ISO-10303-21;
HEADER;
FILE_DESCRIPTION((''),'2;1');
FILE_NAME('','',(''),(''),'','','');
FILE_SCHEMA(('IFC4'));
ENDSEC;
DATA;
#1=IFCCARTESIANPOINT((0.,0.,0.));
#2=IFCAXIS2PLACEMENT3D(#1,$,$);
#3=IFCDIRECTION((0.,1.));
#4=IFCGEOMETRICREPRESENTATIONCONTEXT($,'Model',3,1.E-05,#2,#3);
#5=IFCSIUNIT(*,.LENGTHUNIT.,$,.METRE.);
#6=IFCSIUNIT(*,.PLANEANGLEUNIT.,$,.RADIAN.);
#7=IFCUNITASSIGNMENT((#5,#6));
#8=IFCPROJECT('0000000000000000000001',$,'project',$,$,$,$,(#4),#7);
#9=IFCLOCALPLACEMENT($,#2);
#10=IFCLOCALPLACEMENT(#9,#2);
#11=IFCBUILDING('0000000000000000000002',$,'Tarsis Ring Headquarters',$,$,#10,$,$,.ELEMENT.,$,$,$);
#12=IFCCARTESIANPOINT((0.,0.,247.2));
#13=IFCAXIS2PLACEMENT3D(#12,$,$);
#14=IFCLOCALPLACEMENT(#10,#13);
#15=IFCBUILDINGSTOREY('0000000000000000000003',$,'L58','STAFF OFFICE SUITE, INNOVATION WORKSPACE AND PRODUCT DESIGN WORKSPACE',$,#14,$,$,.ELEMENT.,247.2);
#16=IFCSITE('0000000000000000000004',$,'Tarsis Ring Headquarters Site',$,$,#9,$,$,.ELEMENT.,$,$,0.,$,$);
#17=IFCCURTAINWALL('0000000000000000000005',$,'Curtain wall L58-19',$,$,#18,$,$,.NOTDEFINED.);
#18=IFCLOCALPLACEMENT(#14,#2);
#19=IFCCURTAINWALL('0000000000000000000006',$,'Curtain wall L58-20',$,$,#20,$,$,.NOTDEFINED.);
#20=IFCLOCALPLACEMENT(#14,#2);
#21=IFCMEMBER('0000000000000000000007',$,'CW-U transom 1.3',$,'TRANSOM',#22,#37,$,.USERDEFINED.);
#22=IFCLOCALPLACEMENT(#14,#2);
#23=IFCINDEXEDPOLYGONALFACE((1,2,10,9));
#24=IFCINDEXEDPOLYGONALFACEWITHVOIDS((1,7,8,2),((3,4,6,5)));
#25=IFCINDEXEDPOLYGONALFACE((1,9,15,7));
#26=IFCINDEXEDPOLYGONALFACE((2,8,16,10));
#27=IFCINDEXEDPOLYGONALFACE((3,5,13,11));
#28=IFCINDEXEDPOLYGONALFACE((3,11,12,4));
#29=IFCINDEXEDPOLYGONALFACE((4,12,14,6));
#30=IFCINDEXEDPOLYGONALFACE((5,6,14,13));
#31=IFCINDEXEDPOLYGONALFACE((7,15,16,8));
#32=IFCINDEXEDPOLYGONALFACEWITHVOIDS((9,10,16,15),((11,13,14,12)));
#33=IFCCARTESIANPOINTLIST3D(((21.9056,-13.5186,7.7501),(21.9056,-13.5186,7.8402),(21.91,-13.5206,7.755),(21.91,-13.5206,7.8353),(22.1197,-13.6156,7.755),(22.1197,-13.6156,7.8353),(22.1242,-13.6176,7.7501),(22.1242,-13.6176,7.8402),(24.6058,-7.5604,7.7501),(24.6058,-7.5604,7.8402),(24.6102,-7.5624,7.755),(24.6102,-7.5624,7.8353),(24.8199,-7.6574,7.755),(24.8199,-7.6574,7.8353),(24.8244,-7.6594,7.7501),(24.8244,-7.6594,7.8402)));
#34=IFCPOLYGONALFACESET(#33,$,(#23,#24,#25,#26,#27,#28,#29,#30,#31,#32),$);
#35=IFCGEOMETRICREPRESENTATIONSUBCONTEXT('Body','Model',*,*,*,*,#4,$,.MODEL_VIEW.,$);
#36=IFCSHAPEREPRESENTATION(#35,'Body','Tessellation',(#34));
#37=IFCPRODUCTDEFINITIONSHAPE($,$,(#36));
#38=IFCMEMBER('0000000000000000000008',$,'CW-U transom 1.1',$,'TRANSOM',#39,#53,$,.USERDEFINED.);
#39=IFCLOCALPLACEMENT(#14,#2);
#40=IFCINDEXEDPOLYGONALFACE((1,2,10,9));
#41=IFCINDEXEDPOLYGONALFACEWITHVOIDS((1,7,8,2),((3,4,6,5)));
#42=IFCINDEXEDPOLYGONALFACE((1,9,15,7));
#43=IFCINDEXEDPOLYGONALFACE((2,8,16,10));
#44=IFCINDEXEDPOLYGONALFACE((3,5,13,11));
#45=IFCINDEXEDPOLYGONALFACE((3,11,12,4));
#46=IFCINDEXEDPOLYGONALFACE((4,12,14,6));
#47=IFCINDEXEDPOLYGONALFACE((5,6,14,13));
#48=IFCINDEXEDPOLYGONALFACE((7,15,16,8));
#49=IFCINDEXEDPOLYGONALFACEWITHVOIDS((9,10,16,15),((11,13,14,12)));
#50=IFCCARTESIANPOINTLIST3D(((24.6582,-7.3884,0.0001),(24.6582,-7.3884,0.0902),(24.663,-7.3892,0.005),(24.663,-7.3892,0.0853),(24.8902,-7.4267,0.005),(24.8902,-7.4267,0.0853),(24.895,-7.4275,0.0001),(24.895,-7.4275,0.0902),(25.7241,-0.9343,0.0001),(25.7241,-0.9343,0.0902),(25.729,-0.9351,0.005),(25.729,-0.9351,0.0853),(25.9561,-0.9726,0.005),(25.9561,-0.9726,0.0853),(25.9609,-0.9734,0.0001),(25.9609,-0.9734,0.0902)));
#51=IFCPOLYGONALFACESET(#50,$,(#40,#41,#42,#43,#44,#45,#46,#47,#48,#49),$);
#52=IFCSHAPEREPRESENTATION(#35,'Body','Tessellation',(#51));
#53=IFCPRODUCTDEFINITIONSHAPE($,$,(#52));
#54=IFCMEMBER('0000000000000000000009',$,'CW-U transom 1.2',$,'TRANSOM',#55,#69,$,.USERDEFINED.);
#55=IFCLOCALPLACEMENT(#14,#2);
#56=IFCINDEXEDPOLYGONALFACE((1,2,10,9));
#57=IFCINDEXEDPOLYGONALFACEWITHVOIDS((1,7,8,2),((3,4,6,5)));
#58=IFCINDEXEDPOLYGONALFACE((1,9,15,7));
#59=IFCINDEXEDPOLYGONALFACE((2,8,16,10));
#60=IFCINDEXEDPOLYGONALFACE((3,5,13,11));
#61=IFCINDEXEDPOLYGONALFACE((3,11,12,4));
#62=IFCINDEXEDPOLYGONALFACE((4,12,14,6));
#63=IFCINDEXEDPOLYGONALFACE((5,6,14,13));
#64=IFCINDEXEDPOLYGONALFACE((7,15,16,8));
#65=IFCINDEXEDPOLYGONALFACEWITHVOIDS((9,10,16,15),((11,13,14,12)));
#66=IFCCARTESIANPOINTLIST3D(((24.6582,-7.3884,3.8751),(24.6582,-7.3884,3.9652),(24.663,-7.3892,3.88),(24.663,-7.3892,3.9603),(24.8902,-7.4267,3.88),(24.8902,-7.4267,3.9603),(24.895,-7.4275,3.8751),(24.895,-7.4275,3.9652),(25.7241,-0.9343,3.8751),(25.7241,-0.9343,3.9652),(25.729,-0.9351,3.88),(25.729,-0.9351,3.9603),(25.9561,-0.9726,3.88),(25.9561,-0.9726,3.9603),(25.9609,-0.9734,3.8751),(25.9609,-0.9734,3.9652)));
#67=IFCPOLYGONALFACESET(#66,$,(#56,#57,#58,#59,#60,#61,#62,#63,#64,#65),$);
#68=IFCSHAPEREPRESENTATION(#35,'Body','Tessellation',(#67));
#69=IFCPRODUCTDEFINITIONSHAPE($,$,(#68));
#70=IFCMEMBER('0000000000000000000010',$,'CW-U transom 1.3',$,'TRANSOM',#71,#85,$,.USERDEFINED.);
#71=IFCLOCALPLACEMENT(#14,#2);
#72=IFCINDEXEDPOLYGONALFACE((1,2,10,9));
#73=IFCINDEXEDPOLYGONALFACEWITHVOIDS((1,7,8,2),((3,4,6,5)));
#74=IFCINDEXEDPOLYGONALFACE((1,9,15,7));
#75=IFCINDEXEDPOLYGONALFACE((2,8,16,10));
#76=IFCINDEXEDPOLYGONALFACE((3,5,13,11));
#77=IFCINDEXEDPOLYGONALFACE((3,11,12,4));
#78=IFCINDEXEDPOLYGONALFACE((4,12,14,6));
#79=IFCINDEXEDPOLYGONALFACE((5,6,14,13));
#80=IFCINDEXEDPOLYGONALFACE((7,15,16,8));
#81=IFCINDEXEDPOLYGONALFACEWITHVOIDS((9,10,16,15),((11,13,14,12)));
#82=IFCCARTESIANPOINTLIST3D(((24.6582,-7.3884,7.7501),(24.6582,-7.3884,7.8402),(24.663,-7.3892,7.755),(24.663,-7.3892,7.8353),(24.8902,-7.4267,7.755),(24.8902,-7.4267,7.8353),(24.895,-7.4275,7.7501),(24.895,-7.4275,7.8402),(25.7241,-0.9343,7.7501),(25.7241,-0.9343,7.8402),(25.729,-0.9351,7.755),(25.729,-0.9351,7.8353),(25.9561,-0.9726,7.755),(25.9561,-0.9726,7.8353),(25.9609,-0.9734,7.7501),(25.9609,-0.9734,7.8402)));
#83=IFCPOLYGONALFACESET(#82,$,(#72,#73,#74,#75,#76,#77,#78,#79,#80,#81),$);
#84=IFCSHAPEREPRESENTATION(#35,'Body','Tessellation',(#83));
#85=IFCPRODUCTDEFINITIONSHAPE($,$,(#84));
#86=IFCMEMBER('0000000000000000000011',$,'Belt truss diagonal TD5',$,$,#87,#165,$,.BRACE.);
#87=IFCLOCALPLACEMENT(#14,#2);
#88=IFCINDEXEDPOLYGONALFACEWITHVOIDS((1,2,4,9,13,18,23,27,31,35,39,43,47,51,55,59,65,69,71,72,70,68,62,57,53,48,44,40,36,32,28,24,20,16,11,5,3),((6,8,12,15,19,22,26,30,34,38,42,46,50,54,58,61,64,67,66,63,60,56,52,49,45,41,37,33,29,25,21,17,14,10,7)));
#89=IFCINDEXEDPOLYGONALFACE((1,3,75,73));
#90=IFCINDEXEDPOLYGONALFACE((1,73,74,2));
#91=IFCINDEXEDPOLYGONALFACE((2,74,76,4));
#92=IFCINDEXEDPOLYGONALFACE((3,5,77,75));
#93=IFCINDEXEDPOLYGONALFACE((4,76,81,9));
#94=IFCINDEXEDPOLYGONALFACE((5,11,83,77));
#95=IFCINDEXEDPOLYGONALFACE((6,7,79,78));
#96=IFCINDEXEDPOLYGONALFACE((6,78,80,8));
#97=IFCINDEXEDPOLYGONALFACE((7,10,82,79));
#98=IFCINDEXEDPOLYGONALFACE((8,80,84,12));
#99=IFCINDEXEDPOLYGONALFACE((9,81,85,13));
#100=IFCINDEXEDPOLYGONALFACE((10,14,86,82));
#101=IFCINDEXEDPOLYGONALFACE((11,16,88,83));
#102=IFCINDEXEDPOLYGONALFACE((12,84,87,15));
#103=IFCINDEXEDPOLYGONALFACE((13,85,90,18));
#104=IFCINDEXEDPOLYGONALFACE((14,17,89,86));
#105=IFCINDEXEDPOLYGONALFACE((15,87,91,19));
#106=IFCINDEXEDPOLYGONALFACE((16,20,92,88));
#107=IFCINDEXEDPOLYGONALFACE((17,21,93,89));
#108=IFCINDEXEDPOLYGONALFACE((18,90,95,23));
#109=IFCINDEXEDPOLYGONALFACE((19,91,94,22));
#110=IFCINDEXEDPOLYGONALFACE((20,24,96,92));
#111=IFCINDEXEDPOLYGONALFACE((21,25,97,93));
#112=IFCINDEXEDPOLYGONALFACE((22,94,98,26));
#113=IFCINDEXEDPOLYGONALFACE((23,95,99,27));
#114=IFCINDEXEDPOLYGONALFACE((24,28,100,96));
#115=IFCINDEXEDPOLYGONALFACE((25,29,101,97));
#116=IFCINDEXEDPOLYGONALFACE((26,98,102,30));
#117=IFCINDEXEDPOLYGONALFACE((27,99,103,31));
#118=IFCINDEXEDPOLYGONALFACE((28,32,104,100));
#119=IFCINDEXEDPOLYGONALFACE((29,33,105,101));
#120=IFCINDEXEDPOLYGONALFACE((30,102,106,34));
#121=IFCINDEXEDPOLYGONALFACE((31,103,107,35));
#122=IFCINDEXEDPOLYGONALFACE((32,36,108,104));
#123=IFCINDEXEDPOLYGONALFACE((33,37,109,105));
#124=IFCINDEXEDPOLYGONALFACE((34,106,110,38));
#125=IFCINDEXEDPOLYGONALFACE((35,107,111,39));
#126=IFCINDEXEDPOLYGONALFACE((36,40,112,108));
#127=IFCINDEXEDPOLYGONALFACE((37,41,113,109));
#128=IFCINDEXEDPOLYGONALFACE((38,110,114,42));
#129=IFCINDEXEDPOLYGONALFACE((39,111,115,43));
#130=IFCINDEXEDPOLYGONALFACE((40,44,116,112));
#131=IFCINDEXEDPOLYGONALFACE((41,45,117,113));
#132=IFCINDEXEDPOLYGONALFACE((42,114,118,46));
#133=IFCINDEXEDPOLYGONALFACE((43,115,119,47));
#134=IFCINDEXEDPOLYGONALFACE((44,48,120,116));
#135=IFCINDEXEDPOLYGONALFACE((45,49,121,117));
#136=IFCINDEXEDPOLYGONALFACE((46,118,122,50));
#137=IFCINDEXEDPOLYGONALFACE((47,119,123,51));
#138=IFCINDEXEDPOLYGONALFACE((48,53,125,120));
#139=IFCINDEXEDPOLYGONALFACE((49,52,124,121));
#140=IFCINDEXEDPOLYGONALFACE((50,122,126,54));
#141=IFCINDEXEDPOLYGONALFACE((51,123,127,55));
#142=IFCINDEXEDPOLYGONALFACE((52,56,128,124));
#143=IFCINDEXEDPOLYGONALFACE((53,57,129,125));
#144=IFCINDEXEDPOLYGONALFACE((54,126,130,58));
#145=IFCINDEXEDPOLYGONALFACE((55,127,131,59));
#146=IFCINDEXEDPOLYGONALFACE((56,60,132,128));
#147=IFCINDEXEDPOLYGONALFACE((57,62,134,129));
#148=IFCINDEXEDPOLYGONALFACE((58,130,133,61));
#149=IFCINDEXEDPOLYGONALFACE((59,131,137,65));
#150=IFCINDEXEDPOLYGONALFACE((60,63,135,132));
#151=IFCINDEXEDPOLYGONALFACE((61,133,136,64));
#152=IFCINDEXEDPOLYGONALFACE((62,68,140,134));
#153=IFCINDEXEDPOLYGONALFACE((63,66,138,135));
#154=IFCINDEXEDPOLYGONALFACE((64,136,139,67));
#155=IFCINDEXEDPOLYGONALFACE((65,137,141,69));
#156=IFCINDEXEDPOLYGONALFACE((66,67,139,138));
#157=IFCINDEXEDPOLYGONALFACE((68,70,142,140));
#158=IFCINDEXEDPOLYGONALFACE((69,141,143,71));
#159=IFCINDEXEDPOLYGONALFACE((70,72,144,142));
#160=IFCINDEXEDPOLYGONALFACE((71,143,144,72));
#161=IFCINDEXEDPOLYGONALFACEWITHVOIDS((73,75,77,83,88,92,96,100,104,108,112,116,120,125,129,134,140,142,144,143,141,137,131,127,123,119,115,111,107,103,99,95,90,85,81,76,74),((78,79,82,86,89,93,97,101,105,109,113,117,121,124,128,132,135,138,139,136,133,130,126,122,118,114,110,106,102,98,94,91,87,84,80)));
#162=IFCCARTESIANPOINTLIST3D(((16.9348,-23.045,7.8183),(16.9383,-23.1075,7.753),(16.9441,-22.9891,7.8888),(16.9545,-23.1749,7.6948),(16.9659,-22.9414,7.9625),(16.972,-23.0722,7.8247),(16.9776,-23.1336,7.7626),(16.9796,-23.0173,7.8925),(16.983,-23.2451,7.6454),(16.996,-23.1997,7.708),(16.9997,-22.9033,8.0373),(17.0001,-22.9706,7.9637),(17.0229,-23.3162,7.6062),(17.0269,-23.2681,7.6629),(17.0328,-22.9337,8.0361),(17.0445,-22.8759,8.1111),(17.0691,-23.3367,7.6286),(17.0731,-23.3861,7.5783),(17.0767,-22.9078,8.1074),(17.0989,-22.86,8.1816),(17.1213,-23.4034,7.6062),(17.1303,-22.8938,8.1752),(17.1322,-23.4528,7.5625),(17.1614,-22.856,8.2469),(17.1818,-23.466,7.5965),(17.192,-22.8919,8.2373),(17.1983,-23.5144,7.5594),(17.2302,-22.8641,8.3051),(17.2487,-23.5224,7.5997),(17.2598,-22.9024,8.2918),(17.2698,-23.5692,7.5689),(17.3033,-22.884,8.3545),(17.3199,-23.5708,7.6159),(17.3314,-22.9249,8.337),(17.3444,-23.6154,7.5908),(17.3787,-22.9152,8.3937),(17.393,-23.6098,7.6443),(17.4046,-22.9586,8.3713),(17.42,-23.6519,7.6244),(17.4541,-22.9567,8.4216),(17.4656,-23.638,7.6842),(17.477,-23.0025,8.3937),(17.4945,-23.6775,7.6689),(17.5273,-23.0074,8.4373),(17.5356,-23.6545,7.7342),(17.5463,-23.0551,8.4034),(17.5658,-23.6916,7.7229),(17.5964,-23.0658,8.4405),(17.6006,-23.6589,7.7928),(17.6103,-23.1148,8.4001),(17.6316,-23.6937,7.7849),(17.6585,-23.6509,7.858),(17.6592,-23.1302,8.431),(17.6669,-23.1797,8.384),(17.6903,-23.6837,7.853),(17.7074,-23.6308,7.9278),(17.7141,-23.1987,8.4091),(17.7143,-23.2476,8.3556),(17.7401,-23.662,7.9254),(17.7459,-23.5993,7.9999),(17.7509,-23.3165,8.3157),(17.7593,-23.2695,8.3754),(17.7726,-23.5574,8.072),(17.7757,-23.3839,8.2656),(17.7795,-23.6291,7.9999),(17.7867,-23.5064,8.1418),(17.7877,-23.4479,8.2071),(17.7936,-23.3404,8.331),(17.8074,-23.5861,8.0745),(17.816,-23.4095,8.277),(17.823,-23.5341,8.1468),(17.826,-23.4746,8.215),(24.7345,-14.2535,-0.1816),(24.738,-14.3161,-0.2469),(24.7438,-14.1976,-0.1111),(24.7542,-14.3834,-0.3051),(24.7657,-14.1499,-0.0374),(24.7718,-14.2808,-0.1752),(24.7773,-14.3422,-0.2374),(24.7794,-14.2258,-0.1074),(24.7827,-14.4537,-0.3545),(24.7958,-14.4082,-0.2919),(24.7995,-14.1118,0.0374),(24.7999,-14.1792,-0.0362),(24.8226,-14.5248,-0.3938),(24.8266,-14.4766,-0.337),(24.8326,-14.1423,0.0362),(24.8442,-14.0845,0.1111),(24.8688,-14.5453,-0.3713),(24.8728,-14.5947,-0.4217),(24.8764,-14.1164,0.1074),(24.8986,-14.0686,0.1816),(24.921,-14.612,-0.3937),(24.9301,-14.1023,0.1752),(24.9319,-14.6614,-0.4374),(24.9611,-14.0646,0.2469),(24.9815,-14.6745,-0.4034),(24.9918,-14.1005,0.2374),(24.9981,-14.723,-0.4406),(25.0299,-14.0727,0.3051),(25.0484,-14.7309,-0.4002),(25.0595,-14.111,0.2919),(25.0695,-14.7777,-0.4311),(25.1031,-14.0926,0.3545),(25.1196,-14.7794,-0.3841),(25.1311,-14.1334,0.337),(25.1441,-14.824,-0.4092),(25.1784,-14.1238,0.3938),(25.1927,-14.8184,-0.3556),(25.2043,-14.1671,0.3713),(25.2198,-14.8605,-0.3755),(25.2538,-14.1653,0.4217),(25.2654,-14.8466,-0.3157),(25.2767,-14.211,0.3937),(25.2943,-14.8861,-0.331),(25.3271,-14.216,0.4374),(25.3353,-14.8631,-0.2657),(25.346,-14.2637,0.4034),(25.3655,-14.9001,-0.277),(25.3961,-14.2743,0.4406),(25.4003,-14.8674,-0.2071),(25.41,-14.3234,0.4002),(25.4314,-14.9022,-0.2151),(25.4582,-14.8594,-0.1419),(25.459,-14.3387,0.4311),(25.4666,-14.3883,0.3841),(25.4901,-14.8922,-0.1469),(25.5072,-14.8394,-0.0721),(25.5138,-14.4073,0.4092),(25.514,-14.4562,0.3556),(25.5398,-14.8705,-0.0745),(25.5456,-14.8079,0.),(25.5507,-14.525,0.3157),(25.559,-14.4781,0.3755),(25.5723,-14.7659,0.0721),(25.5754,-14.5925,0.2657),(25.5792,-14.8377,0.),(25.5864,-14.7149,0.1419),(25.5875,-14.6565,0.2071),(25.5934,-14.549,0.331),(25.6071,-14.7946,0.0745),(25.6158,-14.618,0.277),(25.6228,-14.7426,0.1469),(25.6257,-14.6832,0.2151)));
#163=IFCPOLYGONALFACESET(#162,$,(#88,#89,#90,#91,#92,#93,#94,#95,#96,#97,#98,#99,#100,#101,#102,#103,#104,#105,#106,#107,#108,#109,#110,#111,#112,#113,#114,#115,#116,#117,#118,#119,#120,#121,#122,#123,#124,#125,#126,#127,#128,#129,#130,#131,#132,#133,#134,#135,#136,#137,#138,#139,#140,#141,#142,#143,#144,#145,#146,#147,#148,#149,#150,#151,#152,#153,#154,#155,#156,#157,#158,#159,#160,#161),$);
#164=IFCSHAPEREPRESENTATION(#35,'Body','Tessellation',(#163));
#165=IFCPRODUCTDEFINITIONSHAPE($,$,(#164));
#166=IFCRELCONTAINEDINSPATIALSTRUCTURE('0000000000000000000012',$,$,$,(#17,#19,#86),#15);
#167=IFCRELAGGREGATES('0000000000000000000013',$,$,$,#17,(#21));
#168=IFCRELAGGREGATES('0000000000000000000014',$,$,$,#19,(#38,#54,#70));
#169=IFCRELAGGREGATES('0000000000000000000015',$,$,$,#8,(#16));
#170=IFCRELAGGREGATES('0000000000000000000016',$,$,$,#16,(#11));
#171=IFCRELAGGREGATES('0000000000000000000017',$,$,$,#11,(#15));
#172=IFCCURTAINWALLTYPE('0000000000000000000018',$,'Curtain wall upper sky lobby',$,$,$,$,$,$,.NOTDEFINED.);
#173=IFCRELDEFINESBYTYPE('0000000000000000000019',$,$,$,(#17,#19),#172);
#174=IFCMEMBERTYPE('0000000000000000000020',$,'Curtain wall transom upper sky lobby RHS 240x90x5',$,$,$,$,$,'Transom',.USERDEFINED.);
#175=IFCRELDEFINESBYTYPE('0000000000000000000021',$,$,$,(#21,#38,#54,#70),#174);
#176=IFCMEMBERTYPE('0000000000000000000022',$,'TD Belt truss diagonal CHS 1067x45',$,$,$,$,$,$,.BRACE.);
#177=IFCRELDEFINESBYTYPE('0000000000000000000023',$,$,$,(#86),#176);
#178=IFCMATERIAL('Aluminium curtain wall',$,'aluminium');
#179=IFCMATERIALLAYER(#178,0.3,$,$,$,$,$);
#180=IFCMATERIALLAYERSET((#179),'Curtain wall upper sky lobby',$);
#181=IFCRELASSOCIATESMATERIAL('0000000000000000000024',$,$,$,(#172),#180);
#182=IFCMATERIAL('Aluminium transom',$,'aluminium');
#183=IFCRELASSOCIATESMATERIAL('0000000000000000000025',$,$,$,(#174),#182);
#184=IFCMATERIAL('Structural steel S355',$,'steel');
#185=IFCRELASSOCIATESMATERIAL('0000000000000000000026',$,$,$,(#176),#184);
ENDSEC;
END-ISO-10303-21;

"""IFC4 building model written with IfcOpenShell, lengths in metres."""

from ifc_helpers import new_model, si_unit, direction, frame, origin, origin_2d, place, context, subcontext, project, spatial, hollow_rectangle, hollow_circle, extrude, material, layer, layer_set, material_profile, profile_set, type_object, element, aggregate, save


model = new_model("IFC4")

# Units and contexts
model_context = context("Model", 3, precision=1e-05, world=origin(), true_north=direction((0.0, 1.0)))
body_context = subcontext(model_context, "Body", "Model", "MODEL_VIEW")
ifc_project = project(units=[si_unit("LENGTHUNIT", "METRE"), si_unit("PLANEANGLEUNIT", "RADIAN")], contexts=[model_context])

# Site, building, storey
site_placement = place(None, origin())
site = spatial("IfcSite", under=ifc_project, at=site_placement, Name="Tarsis Ring Headquarters Site", CompositionType="ELEMENT", RefElevation=0.0)
building_placement = place(site_placement, origin())
building = spatial("IfcBuilding", under=site, at=building_placement, Name="Tarsis Ring Headquarters", CompositionType="ELEMENT")
storey_placement = place(building_placement, frame((0.0, 0.0, 247.2)))
storey = spatial("IfcBuildingStorey", under=building, at=storey_placement, Name="L58", Description="STAFF OFFICE SUITE, INNOVATION WORKSPACE AND PRODUCT DESIGN WORKSPACE", CompositionType="ELEMENT", Elevation=247.2)

# Shared definitions
ifc_material_1 = material(Name="Structural steel S355", Category="steel")
ifc_material_profile_1 = material_profile(ifc_material_1, hollow_circle(Radius=0.5334, WallThickness=0.0449, at=origin_2d()), Name="CHS 1067x45")
ifc_profile_set_1 = profile_set([ifc_material_profile_1], Name="Structural steel S355")

# Shared definitions
ifc_material_2 = material(Name="Aluminium curtain wall", Category="aluminium")
ifc_layer_1 = layer(ifc_material_2, 0.3)
ifc_layer_set_1 = layer_set([ifc_layer_1], Name="Curtain wall upper sky lobby")
curtain_wall_type = type_object("IfcCurtainWallType", Name="Curtain wall upper sky lobby", PredefinedType="NOTDEFINED", material=ifc_layer_set_1)

# Curtain wall
curtain_wall_1_placement = place(storey_placement, origin())
curtain_wall_1 = element("IfcCurtainWall", 1, at=curtain_wall_1_placement, inside=storey, type_object=curtain_wall_type, Name="Curtain wall L58-19", PredefinedType="NOTDEFINED")

# Curtain wall
curtain_wall_2_placement = place(storey_placement, origin())
curtain_wall_2 = element("IfcCurtainWall", 2, at=curtain_wall_2_placement, inside=storey, type_object=curtain_wall_type, Name="Curtain wall L58-20", PredefinedType="NOTDEFINED")

# Members
ifc_material_3 = material(Name="Aluminium transom", Category="aluminium")
ifc_material_profile_2 = material_profile(ifc_material_3, hollow_rectangle(XDim=0.24, YDim=0.0901, WallThickness=0.0049, at=origin_2d()), Name="RHS 240x90x5")
ifc_profile_set_2 = profile_set([ifc_material_profile_2], Name="Aluminium transom")
member_type_1 = type_object("IfcMemberType", Name="Curtain wall transom upper sky lobby RHS 240x90x5", ElementType="Transom", PredefinedType="USERDEFINED", material=ifc_profile_set_2)
member_1_placement = place(storey_placement, frame((22.0149, -13.5681, 7.7952), z_axis=(0.412776, 0.910832, 0.0), x_axis=(-0.910832, 0.412776, 0.0)))
member_1 = element("IfcMember", 3, at=member_1_placement, type_object=member_type_1, Name="CW-U transom 1.3", ObjectType="TRANSOM", PredefinedType="USERDEFINED", context=body_context, shape_type="SweptSolid", body=[
    extrude(hollow_rectangle(XDim=0.24, YDim=0.0901, WallThickness=0.0049, at=origin_2d()), origin(), (0.0, 0.0, 1.0), 6.5415),
])
member_2_placement = place(storey_placement, frame((24.7766, -7.408, 0.0452), z_axis=(0.162946, 0.986635, 0.0), x_axis=(-0.986635, 0.162946, 0.0)))
member_2 = element("IfcMember", 4, at=member_2_placement, type_object=member_type_1, Name="CW-U transom 1.1", ObjectType="TRANSOM", PredefinedType="USERDEFINED", context=body_context, shape_type="SweptSolid", body=[
    extrude(hollow_rectangle(XDim=0.24, YDim=0.0901, WallThickness=0.0049, at=origin_2d()), origin(), (0.0, 0.0, 1.0), 6.5415),
])
member_3_placement = place(storey_placement, frame((24.7766, -7.408, 3.9202), z_axis=(0.162946, 0.986635, 0.0), x_axis=(-0.986635, 0.162946, 0.0)))
member_3 = element("IfcMember", 5, at=member_3_placement, type_object=member_type_1, Name="CW-U transom 1.2", ObjectType="TRANSOM", PredefinedType="USERDEFINED", context=body_context, shape_type="SweptSolid", body=[
    extrude(hollow_rectangle(XDim=0.24, YDim=0.0901, WallThickness=0.0049, at=origin_2d()), origin(), (0.0, 0.0, 1.0), 6.5415),
])
member_4_placement = place(storey_placement, frame((24.7766, -7.408, 7.7952), z_axis=(0.162946, 0.986635, 0.0), x_axis=(-0.986635, 0.162946, 0.0)))
member_4 = element("IfcMember", 6, at=member_4_placement, type_object=member_type_1, Name="CW-U transom 1.3", ObjectType="TRANSOM", PredefinedType="USERDEFINED", context=body_context, shape_type="SweptSolid", body=[
    extrude(hollow_rectangle(XDim=0.24, YDim=0.0901, WallThickness=0.0049, at=origin_2d()), origin(), (0.0, 0.0, 1.0), 6.5415),
])

# Member
member_type_2 = type_object("IfcMemberType", Name="TD Belt truss diagonal CHS 1067x45", PredefinedType="BRACE", material=ifc_profile_set_1)
member_5_placement = place(storey_placement, frame((25.1802, -14.4836, 0.0), z_axis=(-0.548619, -0.618373, 0.5627), x_axis=(0.748037, -0.663657, 0.0)))
element("IfcMember", 7, at=member_5_placement, inside=storey, type_object=member_type_2, Name="Belt truss diagonal TD5", PredefinedType="BRACE", context=body_context, shape_type="SweptSolid", body=[
    extrude(hollow_circle(Radius=0.5334, WallThickness=0.0449, at=origin_2d()), origin(), (0.0, 0.0, 1.0), 14.217),
])

aggregate(curtain_wall_1, [member_1])
aggregate(curtain_wall_2, [member_2, member_3, member_4])

save(model, "model.ifc")
